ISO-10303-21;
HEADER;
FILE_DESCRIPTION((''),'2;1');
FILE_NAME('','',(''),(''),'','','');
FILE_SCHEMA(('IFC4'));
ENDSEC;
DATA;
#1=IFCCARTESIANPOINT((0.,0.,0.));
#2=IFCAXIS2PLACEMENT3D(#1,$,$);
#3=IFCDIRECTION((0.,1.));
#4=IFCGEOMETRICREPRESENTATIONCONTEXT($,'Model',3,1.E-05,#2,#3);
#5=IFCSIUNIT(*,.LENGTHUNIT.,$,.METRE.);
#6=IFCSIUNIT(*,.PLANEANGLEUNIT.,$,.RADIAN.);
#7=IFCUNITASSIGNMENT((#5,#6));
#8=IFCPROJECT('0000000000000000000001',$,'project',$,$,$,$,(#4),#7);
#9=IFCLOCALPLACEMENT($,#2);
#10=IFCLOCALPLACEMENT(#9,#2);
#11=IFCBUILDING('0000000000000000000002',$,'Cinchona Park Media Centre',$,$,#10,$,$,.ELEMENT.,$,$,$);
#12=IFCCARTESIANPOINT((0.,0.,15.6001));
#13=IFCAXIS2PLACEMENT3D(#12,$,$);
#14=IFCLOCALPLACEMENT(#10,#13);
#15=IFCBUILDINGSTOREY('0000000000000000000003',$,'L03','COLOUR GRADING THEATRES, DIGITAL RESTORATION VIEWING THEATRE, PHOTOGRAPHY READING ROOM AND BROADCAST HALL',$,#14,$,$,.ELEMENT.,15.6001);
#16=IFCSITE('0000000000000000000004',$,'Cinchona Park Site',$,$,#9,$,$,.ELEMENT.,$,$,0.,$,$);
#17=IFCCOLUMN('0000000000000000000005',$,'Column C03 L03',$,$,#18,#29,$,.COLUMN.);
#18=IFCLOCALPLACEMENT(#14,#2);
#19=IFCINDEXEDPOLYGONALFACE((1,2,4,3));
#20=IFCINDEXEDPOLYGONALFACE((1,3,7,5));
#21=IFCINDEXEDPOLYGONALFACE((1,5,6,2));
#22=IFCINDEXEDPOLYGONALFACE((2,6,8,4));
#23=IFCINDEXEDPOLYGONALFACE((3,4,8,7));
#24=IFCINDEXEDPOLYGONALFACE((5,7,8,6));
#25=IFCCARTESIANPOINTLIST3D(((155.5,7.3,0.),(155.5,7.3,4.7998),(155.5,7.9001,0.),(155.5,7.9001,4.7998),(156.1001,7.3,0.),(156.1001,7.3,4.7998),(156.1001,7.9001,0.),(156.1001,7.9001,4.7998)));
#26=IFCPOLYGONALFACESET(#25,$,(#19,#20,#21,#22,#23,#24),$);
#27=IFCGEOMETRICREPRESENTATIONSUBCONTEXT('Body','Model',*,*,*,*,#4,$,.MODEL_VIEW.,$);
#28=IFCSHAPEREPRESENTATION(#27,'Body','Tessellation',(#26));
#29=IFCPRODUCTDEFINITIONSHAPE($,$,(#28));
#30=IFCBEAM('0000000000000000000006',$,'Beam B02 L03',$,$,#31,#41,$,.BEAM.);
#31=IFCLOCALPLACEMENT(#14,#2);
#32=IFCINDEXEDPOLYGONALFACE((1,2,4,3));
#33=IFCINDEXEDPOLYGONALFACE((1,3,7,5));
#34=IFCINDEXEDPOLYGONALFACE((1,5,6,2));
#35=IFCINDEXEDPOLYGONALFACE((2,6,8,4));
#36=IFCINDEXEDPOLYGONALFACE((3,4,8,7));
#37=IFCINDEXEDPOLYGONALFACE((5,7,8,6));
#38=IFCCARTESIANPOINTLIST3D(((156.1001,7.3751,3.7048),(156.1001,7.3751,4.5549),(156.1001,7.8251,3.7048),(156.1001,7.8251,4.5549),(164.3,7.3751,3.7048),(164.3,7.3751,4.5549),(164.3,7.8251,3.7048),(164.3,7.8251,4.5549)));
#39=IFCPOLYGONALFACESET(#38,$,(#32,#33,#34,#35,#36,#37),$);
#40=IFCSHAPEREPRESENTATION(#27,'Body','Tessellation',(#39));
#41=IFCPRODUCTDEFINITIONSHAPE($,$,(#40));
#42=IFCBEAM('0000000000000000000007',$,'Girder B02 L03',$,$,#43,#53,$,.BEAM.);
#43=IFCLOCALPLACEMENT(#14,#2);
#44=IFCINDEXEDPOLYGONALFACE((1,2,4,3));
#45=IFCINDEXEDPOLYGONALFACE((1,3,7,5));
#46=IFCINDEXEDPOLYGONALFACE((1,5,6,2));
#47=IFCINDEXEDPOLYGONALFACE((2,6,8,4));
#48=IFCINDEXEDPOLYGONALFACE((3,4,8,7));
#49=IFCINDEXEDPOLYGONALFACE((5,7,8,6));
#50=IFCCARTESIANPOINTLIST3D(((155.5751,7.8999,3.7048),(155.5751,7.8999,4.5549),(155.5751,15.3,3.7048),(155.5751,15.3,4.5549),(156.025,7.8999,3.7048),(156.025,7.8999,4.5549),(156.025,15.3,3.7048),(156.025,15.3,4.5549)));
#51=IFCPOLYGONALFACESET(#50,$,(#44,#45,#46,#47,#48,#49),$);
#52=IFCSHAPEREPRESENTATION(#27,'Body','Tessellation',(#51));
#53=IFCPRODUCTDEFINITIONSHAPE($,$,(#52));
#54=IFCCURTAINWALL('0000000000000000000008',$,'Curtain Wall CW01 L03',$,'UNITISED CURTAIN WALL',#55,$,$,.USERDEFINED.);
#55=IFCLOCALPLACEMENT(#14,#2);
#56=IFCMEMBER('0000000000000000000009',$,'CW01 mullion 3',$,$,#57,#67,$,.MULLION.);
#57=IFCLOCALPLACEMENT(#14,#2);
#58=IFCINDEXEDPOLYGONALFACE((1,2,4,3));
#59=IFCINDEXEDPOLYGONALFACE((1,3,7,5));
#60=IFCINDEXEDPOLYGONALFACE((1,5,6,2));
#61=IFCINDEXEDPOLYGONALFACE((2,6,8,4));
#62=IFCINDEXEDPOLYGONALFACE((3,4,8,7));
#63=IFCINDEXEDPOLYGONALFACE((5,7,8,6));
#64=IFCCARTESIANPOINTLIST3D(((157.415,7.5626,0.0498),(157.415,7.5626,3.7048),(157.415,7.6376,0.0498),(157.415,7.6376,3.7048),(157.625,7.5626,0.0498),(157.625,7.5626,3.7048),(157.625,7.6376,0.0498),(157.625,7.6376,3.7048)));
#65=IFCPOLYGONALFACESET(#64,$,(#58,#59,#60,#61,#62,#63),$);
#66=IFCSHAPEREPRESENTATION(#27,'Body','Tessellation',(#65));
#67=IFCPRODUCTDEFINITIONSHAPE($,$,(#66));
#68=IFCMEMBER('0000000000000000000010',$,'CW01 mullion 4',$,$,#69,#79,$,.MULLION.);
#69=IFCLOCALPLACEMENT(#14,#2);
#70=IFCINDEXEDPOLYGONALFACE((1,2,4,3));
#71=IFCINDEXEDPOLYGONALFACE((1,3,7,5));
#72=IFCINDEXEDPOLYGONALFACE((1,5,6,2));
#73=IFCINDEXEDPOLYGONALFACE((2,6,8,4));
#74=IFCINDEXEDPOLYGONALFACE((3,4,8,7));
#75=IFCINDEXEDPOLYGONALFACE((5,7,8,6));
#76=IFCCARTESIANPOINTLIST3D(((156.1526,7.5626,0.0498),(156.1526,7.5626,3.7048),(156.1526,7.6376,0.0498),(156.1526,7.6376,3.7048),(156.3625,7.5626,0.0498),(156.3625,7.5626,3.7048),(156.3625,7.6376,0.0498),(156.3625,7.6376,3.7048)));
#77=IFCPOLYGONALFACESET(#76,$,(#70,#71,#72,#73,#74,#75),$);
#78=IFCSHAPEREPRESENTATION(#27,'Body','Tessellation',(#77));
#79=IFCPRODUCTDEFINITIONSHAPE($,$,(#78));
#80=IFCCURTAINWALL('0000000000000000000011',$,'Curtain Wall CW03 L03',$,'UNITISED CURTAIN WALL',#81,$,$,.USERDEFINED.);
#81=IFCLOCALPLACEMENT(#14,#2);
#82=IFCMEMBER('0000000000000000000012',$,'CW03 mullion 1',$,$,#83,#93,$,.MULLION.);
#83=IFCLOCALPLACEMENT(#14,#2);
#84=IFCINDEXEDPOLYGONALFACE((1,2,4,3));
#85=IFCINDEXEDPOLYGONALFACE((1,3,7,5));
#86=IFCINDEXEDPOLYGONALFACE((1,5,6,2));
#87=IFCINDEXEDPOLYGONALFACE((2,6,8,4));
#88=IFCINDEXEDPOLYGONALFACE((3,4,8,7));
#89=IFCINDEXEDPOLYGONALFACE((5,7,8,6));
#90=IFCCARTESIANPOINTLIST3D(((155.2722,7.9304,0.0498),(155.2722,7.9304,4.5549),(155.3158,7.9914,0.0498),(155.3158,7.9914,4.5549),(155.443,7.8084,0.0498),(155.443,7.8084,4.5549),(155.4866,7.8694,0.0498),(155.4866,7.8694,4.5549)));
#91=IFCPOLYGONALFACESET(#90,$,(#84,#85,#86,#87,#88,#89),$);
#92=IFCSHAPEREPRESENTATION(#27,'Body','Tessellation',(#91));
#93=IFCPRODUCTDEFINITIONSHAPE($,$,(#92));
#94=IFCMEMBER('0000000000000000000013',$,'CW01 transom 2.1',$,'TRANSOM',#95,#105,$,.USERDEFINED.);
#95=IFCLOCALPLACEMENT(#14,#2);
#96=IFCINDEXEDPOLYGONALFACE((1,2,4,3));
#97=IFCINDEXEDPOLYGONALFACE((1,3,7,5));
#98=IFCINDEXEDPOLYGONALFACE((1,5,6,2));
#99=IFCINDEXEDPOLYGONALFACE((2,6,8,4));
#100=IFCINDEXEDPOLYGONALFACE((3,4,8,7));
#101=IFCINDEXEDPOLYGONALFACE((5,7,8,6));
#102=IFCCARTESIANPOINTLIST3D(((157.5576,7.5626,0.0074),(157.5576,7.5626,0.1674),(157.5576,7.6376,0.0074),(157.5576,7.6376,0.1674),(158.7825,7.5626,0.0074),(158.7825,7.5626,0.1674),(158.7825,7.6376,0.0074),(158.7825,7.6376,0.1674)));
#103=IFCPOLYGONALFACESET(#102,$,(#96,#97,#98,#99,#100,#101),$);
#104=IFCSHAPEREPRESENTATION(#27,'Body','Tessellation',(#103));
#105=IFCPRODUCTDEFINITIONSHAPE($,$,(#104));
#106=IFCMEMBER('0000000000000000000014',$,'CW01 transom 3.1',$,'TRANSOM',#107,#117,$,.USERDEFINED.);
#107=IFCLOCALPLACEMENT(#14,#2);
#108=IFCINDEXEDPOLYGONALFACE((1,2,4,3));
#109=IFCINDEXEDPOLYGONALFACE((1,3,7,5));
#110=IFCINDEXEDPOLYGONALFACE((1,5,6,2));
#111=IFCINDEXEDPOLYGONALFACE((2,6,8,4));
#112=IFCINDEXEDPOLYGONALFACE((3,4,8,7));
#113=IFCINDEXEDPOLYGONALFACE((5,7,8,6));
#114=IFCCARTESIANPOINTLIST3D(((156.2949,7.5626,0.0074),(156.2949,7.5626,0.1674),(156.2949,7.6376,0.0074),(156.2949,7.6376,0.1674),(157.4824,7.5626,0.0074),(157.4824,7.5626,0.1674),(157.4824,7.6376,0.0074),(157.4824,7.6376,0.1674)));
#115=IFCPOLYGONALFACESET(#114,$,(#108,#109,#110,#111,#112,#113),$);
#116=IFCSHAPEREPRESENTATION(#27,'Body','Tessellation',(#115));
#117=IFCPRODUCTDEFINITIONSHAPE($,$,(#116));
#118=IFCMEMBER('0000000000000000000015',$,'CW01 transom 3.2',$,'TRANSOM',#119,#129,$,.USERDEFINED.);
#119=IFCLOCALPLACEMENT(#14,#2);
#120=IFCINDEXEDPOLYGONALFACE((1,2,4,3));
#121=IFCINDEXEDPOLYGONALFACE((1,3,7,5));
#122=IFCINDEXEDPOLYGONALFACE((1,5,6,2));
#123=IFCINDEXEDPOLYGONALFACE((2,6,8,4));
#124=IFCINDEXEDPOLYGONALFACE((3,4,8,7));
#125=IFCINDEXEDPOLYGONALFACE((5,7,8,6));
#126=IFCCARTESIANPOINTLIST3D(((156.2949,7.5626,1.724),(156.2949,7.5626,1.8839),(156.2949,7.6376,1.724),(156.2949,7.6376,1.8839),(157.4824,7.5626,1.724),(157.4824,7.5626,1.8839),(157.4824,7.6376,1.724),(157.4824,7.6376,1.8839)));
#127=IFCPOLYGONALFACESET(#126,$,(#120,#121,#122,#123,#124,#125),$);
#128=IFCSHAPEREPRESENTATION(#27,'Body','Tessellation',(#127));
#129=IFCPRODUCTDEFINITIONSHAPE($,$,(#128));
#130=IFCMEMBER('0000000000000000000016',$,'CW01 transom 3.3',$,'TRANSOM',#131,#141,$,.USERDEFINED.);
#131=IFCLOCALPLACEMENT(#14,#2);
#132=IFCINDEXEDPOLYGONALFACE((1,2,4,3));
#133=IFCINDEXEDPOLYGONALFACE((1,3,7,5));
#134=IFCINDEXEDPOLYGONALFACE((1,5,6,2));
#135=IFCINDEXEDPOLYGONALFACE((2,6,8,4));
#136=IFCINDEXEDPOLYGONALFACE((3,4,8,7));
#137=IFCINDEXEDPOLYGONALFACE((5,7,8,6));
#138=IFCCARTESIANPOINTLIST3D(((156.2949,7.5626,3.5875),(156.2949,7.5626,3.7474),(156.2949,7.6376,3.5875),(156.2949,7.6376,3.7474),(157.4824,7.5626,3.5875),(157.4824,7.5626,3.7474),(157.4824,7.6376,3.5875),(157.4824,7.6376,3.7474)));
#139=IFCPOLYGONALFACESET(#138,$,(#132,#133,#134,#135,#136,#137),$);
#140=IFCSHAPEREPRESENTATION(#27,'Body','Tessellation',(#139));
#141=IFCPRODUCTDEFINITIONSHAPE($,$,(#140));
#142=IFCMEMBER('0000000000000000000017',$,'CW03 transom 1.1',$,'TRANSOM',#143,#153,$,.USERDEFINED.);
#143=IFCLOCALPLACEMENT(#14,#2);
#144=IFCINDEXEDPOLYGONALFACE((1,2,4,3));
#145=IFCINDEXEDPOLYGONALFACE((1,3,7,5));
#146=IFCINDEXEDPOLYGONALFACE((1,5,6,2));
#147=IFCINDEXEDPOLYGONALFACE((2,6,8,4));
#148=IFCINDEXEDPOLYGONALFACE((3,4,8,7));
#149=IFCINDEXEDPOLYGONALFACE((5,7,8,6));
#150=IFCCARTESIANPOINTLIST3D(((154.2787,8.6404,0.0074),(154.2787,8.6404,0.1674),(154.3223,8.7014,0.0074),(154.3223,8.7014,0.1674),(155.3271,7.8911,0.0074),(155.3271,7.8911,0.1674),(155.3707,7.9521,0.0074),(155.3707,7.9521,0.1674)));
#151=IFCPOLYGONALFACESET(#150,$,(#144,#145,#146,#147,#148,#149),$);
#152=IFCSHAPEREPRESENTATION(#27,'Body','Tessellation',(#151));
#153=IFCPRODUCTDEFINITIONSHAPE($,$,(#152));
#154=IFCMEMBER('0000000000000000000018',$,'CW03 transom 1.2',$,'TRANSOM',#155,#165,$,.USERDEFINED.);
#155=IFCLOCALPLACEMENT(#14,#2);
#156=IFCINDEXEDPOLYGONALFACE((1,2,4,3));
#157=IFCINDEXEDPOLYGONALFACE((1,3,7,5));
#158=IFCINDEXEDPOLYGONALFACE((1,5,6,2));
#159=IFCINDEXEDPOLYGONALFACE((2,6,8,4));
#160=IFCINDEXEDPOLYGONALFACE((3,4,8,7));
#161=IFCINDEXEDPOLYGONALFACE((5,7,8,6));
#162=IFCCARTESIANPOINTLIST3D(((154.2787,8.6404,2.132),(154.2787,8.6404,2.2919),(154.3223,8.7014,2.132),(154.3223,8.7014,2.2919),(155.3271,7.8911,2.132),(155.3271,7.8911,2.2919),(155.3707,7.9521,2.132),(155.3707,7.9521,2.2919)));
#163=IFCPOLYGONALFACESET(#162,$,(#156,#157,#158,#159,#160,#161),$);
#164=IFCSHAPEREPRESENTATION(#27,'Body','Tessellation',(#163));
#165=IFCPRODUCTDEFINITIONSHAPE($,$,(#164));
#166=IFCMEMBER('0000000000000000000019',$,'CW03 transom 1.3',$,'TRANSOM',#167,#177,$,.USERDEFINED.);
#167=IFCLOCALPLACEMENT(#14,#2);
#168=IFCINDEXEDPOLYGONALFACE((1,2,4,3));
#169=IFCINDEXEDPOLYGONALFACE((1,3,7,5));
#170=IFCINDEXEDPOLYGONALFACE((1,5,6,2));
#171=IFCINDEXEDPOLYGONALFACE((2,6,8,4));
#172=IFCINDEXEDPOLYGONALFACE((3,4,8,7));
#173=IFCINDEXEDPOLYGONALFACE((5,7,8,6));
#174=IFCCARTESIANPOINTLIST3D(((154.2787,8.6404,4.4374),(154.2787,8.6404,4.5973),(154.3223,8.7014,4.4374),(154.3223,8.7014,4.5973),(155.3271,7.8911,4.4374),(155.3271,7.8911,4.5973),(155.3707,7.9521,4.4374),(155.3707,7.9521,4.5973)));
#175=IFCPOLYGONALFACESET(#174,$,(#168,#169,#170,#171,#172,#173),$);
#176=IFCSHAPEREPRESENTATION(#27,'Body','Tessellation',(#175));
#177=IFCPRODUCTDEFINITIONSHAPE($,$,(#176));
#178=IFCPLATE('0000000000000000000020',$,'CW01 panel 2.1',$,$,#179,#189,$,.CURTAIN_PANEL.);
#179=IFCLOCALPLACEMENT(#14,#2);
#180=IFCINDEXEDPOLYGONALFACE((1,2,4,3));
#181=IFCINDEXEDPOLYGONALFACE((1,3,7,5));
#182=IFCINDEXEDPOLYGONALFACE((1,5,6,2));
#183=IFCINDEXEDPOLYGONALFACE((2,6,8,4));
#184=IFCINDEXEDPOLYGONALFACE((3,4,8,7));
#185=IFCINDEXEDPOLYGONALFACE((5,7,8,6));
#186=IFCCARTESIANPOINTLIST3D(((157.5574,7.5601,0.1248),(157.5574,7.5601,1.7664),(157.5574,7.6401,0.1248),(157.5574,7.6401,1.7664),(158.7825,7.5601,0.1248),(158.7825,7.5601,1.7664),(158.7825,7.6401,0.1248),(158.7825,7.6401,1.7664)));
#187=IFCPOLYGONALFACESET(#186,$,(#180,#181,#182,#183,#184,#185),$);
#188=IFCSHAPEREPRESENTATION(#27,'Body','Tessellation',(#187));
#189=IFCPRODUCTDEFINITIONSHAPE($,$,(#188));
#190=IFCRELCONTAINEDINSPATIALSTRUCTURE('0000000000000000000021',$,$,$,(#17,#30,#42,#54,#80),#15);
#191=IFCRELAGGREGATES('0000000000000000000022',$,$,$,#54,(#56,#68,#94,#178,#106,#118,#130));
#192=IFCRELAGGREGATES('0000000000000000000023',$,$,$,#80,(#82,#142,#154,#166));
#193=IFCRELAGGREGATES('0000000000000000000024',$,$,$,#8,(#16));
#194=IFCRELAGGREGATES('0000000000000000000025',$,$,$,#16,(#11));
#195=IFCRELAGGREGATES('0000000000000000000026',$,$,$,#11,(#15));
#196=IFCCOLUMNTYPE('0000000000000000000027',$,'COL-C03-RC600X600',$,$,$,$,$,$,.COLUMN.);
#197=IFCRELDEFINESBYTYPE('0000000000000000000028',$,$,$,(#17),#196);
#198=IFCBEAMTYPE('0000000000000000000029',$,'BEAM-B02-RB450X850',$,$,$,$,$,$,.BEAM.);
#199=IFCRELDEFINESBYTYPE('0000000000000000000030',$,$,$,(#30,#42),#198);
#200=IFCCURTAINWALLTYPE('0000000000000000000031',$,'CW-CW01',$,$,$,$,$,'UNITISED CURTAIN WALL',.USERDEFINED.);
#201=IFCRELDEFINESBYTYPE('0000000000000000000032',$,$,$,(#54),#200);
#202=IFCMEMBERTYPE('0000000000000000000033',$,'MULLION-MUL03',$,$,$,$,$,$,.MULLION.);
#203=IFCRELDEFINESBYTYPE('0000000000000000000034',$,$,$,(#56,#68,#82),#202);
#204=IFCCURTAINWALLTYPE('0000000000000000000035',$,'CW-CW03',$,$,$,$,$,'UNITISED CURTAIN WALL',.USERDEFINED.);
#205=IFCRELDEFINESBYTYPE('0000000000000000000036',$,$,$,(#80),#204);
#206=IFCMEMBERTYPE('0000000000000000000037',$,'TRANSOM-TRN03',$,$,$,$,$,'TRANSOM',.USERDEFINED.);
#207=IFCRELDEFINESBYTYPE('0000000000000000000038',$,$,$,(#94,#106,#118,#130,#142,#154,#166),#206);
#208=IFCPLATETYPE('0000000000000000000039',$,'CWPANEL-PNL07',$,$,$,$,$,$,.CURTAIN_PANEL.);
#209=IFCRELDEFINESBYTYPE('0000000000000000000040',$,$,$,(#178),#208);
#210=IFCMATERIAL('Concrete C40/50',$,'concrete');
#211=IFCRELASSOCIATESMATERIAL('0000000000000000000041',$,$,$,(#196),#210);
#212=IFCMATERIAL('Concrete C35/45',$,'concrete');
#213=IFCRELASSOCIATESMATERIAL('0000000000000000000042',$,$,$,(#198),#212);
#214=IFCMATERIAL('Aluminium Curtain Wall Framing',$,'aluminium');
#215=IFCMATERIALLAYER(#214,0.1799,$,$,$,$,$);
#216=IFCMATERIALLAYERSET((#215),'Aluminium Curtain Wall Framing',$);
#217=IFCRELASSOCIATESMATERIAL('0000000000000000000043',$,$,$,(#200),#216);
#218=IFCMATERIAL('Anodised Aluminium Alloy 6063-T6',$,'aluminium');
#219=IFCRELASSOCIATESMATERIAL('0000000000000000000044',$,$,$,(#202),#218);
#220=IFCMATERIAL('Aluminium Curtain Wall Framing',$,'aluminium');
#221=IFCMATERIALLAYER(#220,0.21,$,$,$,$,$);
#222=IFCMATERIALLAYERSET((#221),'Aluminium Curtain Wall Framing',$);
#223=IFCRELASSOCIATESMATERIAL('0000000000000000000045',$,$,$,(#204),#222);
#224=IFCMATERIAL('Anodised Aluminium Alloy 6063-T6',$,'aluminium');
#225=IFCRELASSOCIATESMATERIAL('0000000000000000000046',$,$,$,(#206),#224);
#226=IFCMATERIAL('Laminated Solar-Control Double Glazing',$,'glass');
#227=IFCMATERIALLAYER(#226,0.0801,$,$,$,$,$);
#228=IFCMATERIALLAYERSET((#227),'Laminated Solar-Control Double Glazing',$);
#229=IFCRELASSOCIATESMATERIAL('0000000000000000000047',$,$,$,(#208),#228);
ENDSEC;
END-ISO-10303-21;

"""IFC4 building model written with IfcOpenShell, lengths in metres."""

from ifc_helpers import new_model, si_unit, direction, frame, origin, origin_2d, place, context, subcontext, project, spatial, rectangle, extrude, material, layer, layer_set, material_profile, profile_set, type_object, element, aggregate, save


model = new_model("IFC4")

# Units and contexts
model_context = context("Model", 3, precision=1e-05, world=origin(), true_north=direction((0.0, 1.0)))
body_context = subcontext(model_context, "Body", "Model", "MODEL_VIEW")
ifc_project = project(units=[si_unit("LENGTHUNIT", "METRE"), si_unit("PLANEANGLEUNIT", "RADIAN")], contexts=[model_context])

# Site, building, storey
site_placement = place(None, origin())
site = spatial("IfcSite", under=ifc_project, at=site_placement, Name="Cinchona Park Site", CompositionType="ELEMENT", RefElevation=0.0)
building_placement = place(site_placement, origin())
building = spatial("IfcBuilding", under=site, at=building_placement, Name="Cinchona Park Media Centre", CompositionType="ELEMENT")
storey_placement = place(building_placement, frame((0.0, 0.0, 15.6001)))
storey = spatial("IfcBuildingStorey", under=building, at=storey_placement, Name="L03", Description="COLOUR GRADING THEATRES, DIGITAL RESTORATION VIEWING THEATRE, PHOTOGRAPHY READING ROOM AND BROADCAST HALL", CompositionType="ELEMENT", Elevation=15.6001)

# Column
ifc_material_1 = material(Name="Concrete C40/50", Category="concrete")
ifc_material_profile_1 = material_profile(ifc_material_1, rectangle(XDim=0.6001, YDim=0.6001, at=origin_2d()), Name="RC 600X600")
ifc_profile_set_1 = profile_set([ifc_material_profile_1], Name="Concrete C40/50")
column_type = type_object("IfcColumnType", Name="COL-C03-RC600X600", PredefinedType="COLUMN", material=ifc_profile_set_1)
column_placement = place(storey_placement, frame((155.8, 7.6001, 0.0), z_axis=(0.0, 0.0, 1.0), x_axis=(1.0, 0.0, 0.0)))
element("IfcColumn", 1, at=column_placement, inside=storey, type_object=column_type, Name="Column C03 L03", PredefinedType="COLUMN", context=body_context, shape_type="SweptSolid", body=[
    extrude(rectangle(XDim=0.6001, YDim=0.6001, at=origin_2d()), origin(), (0.0, 0.0, 1.0), 4.7998),
])

# Beams
ifc_material_2 = material(Name="Concrete C35/45", Category="concrete")
ifc_material_profile_2 = material_profile(ifc_material_2, rectangle(XDim=0.45, YDim=0.8501, at=origin_2d()), Name="RB 450X850")
ifc_profile_set_2 = profile_set([ifc_material_profile_2], Name="Concrete C35/45")
beam_type = type_object("IfcBeamType", Name="BEAM-B02-RB450X850", PredefinedType="BEAM", material=ifc_profile_set_2)
beam_1_placement = place(storey_placement, frame((156.1001, 7.6001, 4.1299), z_axis=(1.0, 0.0, 0.0), x_axis=(0.0, 1.0, 0.0)))
element("IfcBeam", 2, at=beam_1_placement, inside=storey, type_object=beam_type, Name="Beam B02 L03", PredefinedType="BEAM", context=body_context, shape_type="SweptSolid", body=[
    extrude(rectangle(XDim=0.45, YDim=0.8501, at=origin_2d()), origin(), (0.0, 0.0, 1.0), 8.2),
])
beam_2_placement = place(storey_placement, frame((155.8, 7.8999, 4.1299), z_axis=(0.0, 1.0, 0.0), x_axis=(-1.0, 0.0, 0.0)))
element("IfcBeam", 3, at=beam_2_placement, inside=storey, type_object=beam_type, Name="Girder B02 L03", PredefinedType="BEAM", context=body_context, shape_type="SweptSolid", body=[
    extrude(rectangle(XDim=0.45, YDim=0.8501, at=origin_2d()), origin(), (0.0, 0.0, 1.0), 7.4001),
])

# Curtain wall, members
ifc_material_3 = material(Name="Aluminium Curtain Wall Framing", Category="aluminium")
ifc_layer_1 = layer(ifc_material_3, 0.1799)
ifc_layer_set_1 = layer_set([ifc_layer_1], Name="Aluminium Curtain Wall Framing")
curtain_wall_type_1 = type_object("IfcCurtainWallType", Name="CW-CW01", ElementType="UNITISED CURTAIN WALL", PredefinedType="USERDEFINED", material=ifc_layer_set_1)
curtain_wall_1_placement = place(storey_placement, origin())
curtain_wall_1 = element("IfcCurtainWall", 4, at=curtain_wall_1_placement, inside=storey, type_object=curtain_wall_type_1, Name="Curtain Wall CW01 L03", ObjectType="UNITISED CURTAIN WALL", PredefinedType="USERDEFINED")
ifc_material_4 = material(Name="Anodised Aluminium Alloy 6063-T6", Category="aluminium")
ifc_material_profile_3 = material_profile(ifc_material_4, rectangle(XDim=0.075, YDim=0.21, at=origin_2d()), Name="MUL-75X210")
ifc_profile_set_3 = profile_set([ifc_material_profile_3], Name="Anodised Aluminium Alloy 6063-T6")
member_type_1 = type_object("IfcMemberType", Name="MULLION-MUL03", PredefinedType="MULLION", material=ifc_profile_set_3)
member_1_placement = place(storey_placement, frame((157.52, 7.6001, 0.0498), z_axis=(0.0, 0.0, 1.0), x_axis=(0.0, -1.0, 0.0)))
member_1 = element("IfcMember", 5, at=member_1_placement, type_object=member_type_1, Name="CW01 mullion 3", PredefinedType="MULLION", context=body_context, shape_type="SweptSolid", body=[
    extrude(rectangle(XDim=0.075, YDim=0.21, at=origin_2d()), origin(), (0.0, 0.0, 1.0), 3.655),
])
member_2_placement = place(storey_placement, frame((156.2576, 7.6001, 0.0498), z_axis=(0.0, 0.0, 1.0), x_axis=(0.0, -1.0, 0.0)))
member_2 = element("IfcMember", 6, at=member_2_placement, type_object=member_type_1, Name="CW01 mullion 4", PredefinedType="MULLION", context=body_context, shape_type="SweptSolid", body=[
    extrude(rectangle(XDim=0.075, YDim=0.21, at=origin_2d()), origin(), (0.0, 0.0, 1.0), 3.655),
])

# Curtain wall, member
ifc_material_5 = material(Name="Aluminium Curtain Wall Framing", Category="aluminium")
ifc_layer_2 = layer(ifc_material_5, 0.21)
ifc_layer_set_2 = layer_set([ifc_layer_2], Name="Aluminium Curtain Wall Framing")
curtain_wall_type_2 = type_object("IfcCurtainWallType", Name="CW-CW03", ElementType="UNITISED CURTAIN WALL", PredefinedType="USERDEFINED", material=ifc_layer_set_2)
curtain_wall_2_placement = place(storey_placement, origin())
curtain_wall_2 = element("IfcCurtainWall", 7, at=curtain_wall_2_placement, inside=storey, type_object=curtain_wall_type_2, Name="Curtain Wall CW03 L03", ObjectType="UNITISED CURTAIN WALL", PredefinedType="USERDEFINED")
member_3_placement = place(storey_placement, frame((155.3794, 7.8999, 0.0498), z_axis=(0.0, 0.0, 1.0), x_axis=(-0.581418, -0.813605, 0.0)))
member_3 = element("IfcMember", 8, at=member_3_placement, type_object=member_type_1, Name="CW03 mullion 1", PredefinedType="MULLION", context=body_context, shape_type="SweptSolid", body=[
    extrude(rectangle(XDim=0.075, YDim=0.21, at=origin_2d()), origin(), (0.0, 0.0, 1.0), 4.5051),
])

# Members
ifc_material_6 = material(Name="Anodised Aluminium Alloy 6063-T6", Category="aluminium")
ifc_material_profile_4 = material_profile(ifc_material_6, rectangle(XDim=0.075, YDim=0.1599, at=origin_2d()), Name="TRN-75X160")
ifc_profile_set_4 = profile_set([ifc_material_profile_4], Name="Anodised Aluminium Alloy 6063-T6")
member_type_2 = type_object("IfcMemberType", Name="TRANSOM-TRN03", ElementType="TRANSOM", PredefinedType="USERDEFINED", material=ifc_profile_set_4)
member_4_placement = place(storey_placement, frame((158.7825, 7.6001, 0.0874), z_axis=(-1.0, 0.0, 0.0), x_axis=(0.0, -1.0, 0.0)))
member_4 = element("IfcMember", 9, at=member_4_placement, type_object=member_type_2, Name="CW01 transom 2.1", ObjectType="TRANSOM", PredefinedType="USERDEFINED", context=body_context, shape_type="SweptSolid", body=[
    extrude(rectangle(XDim=0.075, YDim=0.1599, at=origin_2d()), origin(), (0.0, 0.0, 1.0), 1.2249),
])
member_5_placement = place(storey_placement, frame((157.4824, 7.6001, 0.0874), z_axis=(-1.0, 0.0, 0.0), x_axis=(0.0, -1.0, 0.0)))
member_5 = element("IfcMember", 10, at=member_5_placement, type_object=member_type_2, Name="CW01 transom 3.1", ObjectType="TRANSOM", PredefinedType="USERDEFINED", context=body_context, shape_type="SweptSolid", body=[
    extrude(rectangle(XDim=0.075, YDim=0.1599, at=origin_2d()), origin(), (0.0, 0.0, 1.0), 1.1875),
])
member_6_placement = place(storey_placement, frame((157.4824, 7.6001, 1.804), z_axis=(-1.0, 0.0, 0.0), x_axis=(0.0, -1.0, 0.0)))
member_6 = element("IfcMember", 11, at=member_6_placement, type_object=member_type_2, Name="CW01 transom 3.2", ObjectType="TRANSOM", PredefinedType="USERDEFINED", context=body_context, shape_type="SweptSolid", body=[
    extrude(rectangle(XDim=0.075, YDim=0.1599, at=origin_2d()), origin(), (0.0, 0.0, 1.0), 1.1875),
])
member_7_placement = place(storey_placement, frame((157.4824, 7.6001, 3.6675), z_axis=(-1.0, 0.0, 0.0), x_axis=(0.0, -1.0, 0.0)))
member_7 = element("IfcMember", 12, at=member_7_placement, type_object=member_type_2, Name="CW01 transom 3.3", ObjectType="TRANSOM", PredefinedType="USERDEFINED", context=body_context, shape_type="SweptSolid", body=[
    extrude(rectangle(XDim=0.075, YDim=0.1599, at=origin_2d()), origin(), (0.0, 0.0, 1.0), 1.1875),
])
member_8_placement = place(storey_placement, frame((155.3489, 7.9216, 0.0874), z_axis=(-0.813567, 0.581471, 0.0), x_axis=(-0.581471, -0.813567, 0.0)))
member_8 = element("IfcMember", 13, at=member_8_placement, type_object=member_type_2, Name="CW03 transom 1.1", ObjectType="TRANSOM", PredefinedType="USERDEFINED", context=body_context, shape_type="SweptSolid", body=[
    extrude(rectangle(XDim=0.075, YDim=0.1599, at=origin_2d()), origin(), (0.0, 0.0, 1.0), 1.2886),
])
member_9_placement = place(storey_placement, frame((155.3489, 7.9216, 2.2119), z_axis=(-0.813567, 0.581471, 0.0), x_axis=(-0.581471, -0.813567, 0.0)))
member_9 = element("IfcMember", 14, at=member_9_placement, type_object=member_type_2, Name="CW03 transom 1.2", ObjectType="TRANSOM", PredefinedType="USERDEFINED", context=body_context, shape_type="SweptSolid", body=[
    extrude(rectangle(XDim=0.075, YDim=0.1599, at=origin_2d()), origin(), (0.0, 0.0, 1.0), 1.2886),
])
member_10_placement = place(storey_placement, frame((155.3489, 7.9216, 4.5173), z_axis=(-0.813567, 0.581471, 0.0), x_axis=(-0.581471, -0.813567, 0.0)))
member_10 = element("IfcMember", 15, at=member_10_placement, type_object=member_type_2, Name="CW03 transom 1.3", ObjectType="TRANSOM", PredefinedType="USERDEFINED", context=body_context, shape_type="SweptSolid", body=[
    extrude(rectangle(XDim=0.075, YDim=0.1599, at=origin_2d()), origin(), (0.0, 0.0, 1.0), 1.2886),
])

# Plate
ifc_material_7 = material(Name="Laminated Solar-Control Double Glazing", Category="glass")
ifc_layer_3 = layer(ifc_material_7, 0.0801)
ifc_layer_set_3 = layer_set([ifc_layer_3], Name="Laminated Solar-Control Double Glazing")
plate_type_1 = type_object("IfcPlateType", Name="CWPANEL-PNL07", PredefinedType="CURTAIN_PANEL", material=ifc_layer_set_3)
plate_1_placement = place(storey_placement, frame((158.1699, 7.6001, 0.1248), z_axis=(0.0, 0.0, 1.0), x_axis=(-1.0, 0.0, 0.0)))
plate_1 = element("IfcPlate", 16, at=plate_1_placement, type_object=plate_type_1, Name="CW01 panel 2.1", PredefinedType="CURTAIN_PANEL", context=body_context, shape_type="SweptSolid", body=[
    extrude(rectangle(XDim=1.2251, YDim=0.0801, at=origin_2d()), origin(), (0.0, 0.0, 1.0), 1.6416),
])
aggregate(curtain_wall_1, [member_1, member_2, member_4, plate_1, member_5, member_6, member_7])
aggregate(curtain_wall_2, [member_3, member_8, member_9, member_10])

save(model, "model.ifc")
